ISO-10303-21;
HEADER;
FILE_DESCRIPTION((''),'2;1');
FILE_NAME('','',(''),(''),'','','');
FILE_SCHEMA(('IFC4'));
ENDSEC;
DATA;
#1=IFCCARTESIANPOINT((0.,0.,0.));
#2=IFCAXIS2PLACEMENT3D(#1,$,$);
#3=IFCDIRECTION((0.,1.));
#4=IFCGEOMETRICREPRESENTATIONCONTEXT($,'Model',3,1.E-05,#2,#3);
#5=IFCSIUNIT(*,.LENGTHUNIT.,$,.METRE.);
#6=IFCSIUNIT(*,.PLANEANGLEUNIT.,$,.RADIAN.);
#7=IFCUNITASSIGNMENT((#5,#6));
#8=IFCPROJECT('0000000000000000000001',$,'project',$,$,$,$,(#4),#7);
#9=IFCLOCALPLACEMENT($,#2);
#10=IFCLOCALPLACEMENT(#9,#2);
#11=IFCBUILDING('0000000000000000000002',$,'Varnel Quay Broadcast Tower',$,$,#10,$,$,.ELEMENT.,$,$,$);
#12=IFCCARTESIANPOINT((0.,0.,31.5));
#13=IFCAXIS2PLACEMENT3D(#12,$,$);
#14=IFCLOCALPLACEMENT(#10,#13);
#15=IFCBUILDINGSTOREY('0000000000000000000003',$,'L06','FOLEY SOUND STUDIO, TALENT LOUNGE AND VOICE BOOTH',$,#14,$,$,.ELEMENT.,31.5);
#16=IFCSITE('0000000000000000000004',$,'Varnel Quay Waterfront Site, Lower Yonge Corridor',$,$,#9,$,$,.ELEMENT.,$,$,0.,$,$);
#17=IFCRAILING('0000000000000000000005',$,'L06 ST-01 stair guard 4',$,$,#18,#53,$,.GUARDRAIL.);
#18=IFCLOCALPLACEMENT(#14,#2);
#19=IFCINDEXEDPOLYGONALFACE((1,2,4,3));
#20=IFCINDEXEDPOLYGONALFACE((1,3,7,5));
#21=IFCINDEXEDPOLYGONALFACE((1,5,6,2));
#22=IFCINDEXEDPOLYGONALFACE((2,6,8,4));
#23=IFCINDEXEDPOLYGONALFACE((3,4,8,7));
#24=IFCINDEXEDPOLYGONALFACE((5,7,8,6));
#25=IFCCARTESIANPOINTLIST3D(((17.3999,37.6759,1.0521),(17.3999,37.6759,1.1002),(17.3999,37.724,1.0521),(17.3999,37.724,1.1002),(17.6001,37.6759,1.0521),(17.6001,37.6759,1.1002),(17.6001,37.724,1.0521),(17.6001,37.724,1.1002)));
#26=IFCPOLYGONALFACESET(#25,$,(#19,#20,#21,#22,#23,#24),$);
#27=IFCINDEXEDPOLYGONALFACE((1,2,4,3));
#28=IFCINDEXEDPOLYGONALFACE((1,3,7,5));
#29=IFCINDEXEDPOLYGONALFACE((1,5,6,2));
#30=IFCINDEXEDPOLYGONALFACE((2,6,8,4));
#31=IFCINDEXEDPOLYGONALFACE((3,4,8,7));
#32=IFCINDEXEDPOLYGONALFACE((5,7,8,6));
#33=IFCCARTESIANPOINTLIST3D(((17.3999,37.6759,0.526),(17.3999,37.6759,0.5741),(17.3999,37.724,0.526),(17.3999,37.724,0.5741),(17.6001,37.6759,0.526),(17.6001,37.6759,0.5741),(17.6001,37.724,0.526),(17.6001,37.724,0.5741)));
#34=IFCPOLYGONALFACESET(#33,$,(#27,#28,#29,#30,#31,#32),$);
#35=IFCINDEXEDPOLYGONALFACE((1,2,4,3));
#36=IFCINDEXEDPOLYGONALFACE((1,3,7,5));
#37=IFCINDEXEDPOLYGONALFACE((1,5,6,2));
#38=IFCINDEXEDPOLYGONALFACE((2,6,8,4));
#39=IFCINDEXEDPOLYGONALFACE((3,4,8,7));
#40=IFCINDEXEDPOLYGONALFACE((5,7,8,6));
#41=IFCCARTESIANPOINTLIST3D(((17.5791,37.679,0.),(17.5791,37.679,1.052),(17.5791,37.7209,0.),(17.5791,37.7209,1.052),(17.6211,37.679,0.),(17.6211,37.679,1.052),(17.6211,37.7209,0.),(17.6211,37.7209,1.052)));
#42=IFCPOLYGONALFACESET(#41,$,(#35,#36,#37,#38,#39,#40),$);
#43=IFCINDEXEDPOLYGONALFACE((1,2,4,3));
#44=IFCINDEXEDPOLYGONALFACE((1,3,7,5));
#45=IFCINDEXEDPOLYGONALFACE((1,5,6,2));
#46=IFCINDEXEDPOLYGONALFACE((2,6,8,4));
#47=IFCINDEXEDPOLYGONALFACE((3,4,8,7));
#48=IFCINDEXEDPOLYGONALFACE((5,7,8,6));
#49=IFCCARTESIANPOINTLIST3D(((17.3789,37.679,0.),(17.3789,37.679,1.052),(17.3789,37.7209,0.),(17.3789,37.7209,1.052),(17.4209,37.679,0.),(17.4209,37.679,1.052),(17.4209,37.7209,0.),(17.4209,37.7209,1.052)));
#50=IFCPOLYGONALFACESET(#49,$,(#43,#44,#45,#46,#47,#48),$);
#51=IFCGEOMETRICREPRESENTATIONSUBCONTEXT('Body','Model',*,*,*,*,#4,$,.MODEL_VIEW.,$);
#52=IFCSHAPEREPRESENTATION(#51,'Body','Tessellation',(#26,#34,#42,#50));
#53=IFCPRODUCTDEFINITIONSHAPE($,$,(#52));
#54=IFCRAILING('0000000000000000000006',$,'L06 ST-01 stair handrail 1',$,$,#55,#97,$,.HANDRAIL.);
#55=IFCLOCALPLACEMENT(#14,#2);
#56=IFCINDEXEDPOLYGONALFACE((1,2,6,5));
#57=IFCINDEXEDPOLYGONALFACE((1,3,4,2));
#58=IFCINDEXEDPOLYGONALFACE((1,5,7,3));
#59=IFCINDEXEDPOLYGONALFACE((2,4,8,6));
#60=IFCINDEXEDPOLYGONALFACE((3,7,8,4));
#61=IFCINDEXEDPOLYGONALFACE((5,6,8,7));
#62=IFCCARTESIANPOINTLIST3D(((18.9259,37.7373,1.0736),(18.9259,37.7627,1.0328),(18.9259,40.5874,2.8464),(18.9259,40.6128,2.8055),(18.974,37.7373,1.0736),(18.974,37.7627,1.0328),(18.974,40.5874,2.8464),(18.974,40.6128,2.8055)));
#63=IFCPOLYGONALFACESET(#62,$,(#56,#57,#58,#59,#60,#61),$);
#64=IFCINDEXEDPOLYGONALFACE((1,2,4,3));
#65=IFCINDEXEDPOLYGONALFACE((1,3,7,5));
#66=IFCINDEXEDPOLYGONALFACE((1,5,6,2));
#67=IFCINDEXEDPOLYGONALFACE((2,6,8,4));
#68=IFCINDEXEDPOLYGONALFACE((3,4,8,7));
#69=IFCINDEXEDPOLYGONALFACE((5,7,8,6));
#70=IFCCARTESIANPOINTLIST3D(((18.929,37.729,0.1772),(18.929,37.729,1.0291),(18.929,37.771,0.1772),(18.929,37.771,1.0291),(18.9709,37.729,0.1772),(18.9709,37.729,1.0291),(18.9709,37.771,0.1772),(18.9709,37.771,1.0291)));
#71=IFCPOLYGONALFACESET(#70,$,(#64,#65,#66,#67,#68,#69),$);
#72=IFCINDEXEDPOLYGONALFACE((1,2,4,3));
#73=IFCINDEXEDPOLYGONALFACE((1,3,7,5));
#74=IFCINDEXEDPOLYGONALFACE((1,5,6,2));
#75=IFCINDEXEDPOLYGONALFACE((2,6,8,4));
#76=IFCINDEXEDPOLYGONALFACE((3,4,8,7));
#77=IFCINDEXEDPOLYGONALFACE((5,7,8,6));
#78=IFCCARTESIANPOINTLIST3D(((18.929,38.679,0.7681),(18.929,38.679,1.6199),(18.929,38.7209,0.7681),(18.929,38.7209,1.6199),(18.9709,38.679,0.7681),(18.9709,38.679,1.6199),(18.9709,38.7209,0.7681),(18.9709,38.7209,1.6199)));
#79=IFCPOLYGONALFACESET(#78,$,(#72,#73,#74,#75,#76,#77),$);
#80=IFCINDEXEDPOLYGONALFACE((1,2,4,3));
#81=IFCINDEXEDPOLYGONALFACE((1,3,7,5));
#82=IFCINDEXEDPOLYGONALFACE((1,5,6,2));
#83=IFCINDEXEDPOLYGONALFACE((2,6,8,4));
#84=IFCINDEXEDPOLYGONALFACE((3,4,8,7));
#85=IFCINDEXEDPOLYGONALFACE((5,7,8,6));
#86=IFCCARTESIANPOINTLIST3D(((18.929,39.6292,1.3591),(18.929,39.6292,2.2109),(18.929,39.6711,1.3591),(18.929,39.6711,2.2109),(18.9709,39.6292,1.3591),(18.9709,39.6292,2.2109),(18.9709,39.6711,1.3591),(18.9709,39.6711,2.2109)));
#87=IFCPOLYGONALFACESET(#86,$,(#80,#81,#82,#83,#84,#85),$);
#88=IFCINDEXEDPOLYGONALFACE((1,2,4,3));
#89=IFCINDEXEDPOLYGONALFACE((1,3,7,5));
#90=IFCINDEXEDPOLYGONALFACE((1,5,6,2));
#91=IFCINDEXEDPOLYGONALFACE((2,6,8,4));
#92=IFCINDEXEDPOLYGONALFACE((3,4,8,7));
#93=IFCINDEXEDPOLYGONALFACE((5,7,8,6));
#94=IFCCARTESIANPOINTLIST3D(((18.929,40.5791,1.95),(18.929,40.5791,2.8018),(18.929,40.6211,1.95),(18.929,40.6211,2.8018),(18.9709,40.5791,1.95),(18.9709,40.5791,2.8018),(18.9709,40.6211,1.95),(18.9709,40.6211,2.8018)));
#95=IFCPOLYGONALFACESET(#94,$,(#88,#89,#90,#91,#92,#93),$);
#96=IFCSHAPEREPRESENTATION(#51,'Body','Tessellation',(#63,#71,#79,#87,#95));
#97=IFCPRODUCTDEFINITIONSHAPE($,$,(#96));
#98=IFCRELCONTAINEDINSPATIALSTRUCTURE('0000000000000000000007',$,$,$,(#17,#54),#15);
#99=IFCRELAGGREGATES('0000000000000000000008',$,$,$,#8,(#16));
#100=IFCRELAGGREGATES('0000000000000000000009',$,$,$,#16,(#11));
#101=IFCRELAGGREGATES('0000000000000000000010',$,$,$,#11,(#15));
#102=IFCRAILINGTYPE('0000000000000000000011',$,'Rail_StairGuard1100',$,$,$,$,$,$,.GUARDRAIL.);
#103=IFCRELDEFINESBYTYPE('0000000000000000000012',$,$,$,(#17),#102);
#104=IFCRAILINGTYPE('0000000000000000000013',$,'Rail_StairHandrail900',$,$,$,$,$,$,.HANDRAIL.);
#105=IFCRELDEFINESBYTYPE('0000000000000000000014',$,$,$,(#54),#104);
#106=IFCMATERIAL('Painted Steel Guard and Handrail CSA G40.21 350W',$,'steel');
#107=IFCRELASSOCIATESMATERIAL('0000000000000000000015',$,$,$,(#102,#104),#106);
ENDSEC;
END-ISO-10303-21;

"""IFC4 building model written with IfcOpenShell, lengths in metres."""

from ifc_helpers import new_model, si_unit, direction, frame, origin, origin_2d, place, context, subcontext, project, spatial, rectangle, extrude, material, type_object, element, save


model = new_model("IFC4")

# Units and contexts
model_context = context("Model", 3, precision=1e-05, world=origin(), true_north=direction((0.0, 1.0)))
body_context = subcontext(model_context, "Body", "Model", "MODEL_VIEW")
ifc_project = project(units=[si_unit("LENGTHUNIT", "METRE"), si_unit("PLANEANGLEUNIT", "RADIAN")], contexts=[model_context])

# Site, building, storey
site_placement = place(None, origin())
site = spatial("IfcSite", under=ifc_project, at=site_placement, Name="Varnel Quay Waterfront Site, Lower Yonge Corridor", CompositionType="ELEMENT", RefElevation=0.0)
building_placement = place(site_placement, origin())
building = spatial("IfcBuilding", under=site, at=building_placement, Name="Varnel Quay Broadcast Tower", CompositionType="ELEMENT")
storey_placement = place(building_placement, frame((0.0, 0.0, 31.5)))
storey = spatial("IfcBuildingStorey", under=building, at=storey_placement, Name="L06", Description="FOLEY SOUND STUDIO, TALENT LOUNGE AND VOICE BOOTH", CompositionType="ELEMENT", Elevation=31.5)

# Railings
ifc_material_1 = material(Name="Painted Steel Guard and Handrail CSA G40.21 350W", Category="steel")
railing_type_1 = type_object("IfcRailingType", Name="Rail_StairGuard1100", PredefinedType="GUARDRAIL", material=ifc_material_1)
railing_1_placement = place(storey_placement, frame((17.6001, 37.7, 0.0)))
element("IfcRailing", 1, at=railing_1_placement, inside=storey, type_object=railing_type_1, Name="L06 ST-01 stair guard 4", PredefinedType="GUARDRAIL", context=body_context, shape_type="SweptSolid", body=[
    extrude(rectangle(XDim=0.0481, YDim=0.0481, at=origin_2d()), frame((0.0, 0.0, 1.0762), z_axis=(-1.0, 0.0, 0.0), x_axis=(0.0, -1.0, 0.0)), (0.0, 0.0, 1.0), 0.2002),
    extrude(rectangle(XDim=0.0481, YDim=0.0481, at=origin_2d()), frame((0.0, 0.0, 0.55), z_axis=(-1.0, 0.0, 0.0), x_axis=(0.0, -1.0, 0.0)), (0.0, 0.0, 1.0), 0.2002),
    extrude(rectangle(XDim=0.042, YDim=0.042, at=origin_2d()), origin(), (0.0, 0.0, 1.0), 1.052),
    extrude(rectangle(XDim=0.042, YDim=0.042, at=origin_2d()), frame((-0.2002, 0.0, 0.0)), (0.0, 0.0, 1.0), 1.052),
])
railing_type_2 = type_object("IfcRailingType", Name="Rail_StairHandrail900", PredefinedType="HANDRAIL", material=ifc_material_1)
railing_2_placement = place(storey_placement, frame((18.95, 37.75, 0.1772)))
element("IfcRailing", 2, at=railing_2_placement, inside=storey, type_object=railing_type_2, Name="L06 ST-01 stair handrail 1", PredefinedType="HANDRAIL", context=body_context, shape_type="SweptSolid", body=[
    extrude(rectangle(XDim=0.0481, YDim=0.0481, at=origin_2d()), frame((0.0, 0.0, 0.876), z_axis=(0.0, 0.849149, 0.528154), x_axis=(-1.0, 0.0, 0.0)), (0.0, 0.0, 1.0), 3.3564),
    extrude(rectangle(XDim=0.042, YDim=0.042, at=origin_2d()), origin(), (0.0, 0.0, 1.0), 0.8518),
    extrude(rectangle(XDim=0.042, YDim=0.042, at=origin_2d()), frame((0.0, 0.95, 0.5908)), (0.0, 0.0, 1.0), 0.8518),
    extrude(rectangle(XDim=0.042, YDim=0.042, at=origin_2d()), frame((0.0, 1.9001, 1.1819)), (0.0, 0.0, 1.0), 0.8518),
    extrude(rectangle(XDim=0.042, YDim=0.042, at=origin_2d()), frame((0.0, 2.8501, 1.7727)), (0.0, 0.0, 1.0), 0.8518),
])

save(model, "model.ifc")
